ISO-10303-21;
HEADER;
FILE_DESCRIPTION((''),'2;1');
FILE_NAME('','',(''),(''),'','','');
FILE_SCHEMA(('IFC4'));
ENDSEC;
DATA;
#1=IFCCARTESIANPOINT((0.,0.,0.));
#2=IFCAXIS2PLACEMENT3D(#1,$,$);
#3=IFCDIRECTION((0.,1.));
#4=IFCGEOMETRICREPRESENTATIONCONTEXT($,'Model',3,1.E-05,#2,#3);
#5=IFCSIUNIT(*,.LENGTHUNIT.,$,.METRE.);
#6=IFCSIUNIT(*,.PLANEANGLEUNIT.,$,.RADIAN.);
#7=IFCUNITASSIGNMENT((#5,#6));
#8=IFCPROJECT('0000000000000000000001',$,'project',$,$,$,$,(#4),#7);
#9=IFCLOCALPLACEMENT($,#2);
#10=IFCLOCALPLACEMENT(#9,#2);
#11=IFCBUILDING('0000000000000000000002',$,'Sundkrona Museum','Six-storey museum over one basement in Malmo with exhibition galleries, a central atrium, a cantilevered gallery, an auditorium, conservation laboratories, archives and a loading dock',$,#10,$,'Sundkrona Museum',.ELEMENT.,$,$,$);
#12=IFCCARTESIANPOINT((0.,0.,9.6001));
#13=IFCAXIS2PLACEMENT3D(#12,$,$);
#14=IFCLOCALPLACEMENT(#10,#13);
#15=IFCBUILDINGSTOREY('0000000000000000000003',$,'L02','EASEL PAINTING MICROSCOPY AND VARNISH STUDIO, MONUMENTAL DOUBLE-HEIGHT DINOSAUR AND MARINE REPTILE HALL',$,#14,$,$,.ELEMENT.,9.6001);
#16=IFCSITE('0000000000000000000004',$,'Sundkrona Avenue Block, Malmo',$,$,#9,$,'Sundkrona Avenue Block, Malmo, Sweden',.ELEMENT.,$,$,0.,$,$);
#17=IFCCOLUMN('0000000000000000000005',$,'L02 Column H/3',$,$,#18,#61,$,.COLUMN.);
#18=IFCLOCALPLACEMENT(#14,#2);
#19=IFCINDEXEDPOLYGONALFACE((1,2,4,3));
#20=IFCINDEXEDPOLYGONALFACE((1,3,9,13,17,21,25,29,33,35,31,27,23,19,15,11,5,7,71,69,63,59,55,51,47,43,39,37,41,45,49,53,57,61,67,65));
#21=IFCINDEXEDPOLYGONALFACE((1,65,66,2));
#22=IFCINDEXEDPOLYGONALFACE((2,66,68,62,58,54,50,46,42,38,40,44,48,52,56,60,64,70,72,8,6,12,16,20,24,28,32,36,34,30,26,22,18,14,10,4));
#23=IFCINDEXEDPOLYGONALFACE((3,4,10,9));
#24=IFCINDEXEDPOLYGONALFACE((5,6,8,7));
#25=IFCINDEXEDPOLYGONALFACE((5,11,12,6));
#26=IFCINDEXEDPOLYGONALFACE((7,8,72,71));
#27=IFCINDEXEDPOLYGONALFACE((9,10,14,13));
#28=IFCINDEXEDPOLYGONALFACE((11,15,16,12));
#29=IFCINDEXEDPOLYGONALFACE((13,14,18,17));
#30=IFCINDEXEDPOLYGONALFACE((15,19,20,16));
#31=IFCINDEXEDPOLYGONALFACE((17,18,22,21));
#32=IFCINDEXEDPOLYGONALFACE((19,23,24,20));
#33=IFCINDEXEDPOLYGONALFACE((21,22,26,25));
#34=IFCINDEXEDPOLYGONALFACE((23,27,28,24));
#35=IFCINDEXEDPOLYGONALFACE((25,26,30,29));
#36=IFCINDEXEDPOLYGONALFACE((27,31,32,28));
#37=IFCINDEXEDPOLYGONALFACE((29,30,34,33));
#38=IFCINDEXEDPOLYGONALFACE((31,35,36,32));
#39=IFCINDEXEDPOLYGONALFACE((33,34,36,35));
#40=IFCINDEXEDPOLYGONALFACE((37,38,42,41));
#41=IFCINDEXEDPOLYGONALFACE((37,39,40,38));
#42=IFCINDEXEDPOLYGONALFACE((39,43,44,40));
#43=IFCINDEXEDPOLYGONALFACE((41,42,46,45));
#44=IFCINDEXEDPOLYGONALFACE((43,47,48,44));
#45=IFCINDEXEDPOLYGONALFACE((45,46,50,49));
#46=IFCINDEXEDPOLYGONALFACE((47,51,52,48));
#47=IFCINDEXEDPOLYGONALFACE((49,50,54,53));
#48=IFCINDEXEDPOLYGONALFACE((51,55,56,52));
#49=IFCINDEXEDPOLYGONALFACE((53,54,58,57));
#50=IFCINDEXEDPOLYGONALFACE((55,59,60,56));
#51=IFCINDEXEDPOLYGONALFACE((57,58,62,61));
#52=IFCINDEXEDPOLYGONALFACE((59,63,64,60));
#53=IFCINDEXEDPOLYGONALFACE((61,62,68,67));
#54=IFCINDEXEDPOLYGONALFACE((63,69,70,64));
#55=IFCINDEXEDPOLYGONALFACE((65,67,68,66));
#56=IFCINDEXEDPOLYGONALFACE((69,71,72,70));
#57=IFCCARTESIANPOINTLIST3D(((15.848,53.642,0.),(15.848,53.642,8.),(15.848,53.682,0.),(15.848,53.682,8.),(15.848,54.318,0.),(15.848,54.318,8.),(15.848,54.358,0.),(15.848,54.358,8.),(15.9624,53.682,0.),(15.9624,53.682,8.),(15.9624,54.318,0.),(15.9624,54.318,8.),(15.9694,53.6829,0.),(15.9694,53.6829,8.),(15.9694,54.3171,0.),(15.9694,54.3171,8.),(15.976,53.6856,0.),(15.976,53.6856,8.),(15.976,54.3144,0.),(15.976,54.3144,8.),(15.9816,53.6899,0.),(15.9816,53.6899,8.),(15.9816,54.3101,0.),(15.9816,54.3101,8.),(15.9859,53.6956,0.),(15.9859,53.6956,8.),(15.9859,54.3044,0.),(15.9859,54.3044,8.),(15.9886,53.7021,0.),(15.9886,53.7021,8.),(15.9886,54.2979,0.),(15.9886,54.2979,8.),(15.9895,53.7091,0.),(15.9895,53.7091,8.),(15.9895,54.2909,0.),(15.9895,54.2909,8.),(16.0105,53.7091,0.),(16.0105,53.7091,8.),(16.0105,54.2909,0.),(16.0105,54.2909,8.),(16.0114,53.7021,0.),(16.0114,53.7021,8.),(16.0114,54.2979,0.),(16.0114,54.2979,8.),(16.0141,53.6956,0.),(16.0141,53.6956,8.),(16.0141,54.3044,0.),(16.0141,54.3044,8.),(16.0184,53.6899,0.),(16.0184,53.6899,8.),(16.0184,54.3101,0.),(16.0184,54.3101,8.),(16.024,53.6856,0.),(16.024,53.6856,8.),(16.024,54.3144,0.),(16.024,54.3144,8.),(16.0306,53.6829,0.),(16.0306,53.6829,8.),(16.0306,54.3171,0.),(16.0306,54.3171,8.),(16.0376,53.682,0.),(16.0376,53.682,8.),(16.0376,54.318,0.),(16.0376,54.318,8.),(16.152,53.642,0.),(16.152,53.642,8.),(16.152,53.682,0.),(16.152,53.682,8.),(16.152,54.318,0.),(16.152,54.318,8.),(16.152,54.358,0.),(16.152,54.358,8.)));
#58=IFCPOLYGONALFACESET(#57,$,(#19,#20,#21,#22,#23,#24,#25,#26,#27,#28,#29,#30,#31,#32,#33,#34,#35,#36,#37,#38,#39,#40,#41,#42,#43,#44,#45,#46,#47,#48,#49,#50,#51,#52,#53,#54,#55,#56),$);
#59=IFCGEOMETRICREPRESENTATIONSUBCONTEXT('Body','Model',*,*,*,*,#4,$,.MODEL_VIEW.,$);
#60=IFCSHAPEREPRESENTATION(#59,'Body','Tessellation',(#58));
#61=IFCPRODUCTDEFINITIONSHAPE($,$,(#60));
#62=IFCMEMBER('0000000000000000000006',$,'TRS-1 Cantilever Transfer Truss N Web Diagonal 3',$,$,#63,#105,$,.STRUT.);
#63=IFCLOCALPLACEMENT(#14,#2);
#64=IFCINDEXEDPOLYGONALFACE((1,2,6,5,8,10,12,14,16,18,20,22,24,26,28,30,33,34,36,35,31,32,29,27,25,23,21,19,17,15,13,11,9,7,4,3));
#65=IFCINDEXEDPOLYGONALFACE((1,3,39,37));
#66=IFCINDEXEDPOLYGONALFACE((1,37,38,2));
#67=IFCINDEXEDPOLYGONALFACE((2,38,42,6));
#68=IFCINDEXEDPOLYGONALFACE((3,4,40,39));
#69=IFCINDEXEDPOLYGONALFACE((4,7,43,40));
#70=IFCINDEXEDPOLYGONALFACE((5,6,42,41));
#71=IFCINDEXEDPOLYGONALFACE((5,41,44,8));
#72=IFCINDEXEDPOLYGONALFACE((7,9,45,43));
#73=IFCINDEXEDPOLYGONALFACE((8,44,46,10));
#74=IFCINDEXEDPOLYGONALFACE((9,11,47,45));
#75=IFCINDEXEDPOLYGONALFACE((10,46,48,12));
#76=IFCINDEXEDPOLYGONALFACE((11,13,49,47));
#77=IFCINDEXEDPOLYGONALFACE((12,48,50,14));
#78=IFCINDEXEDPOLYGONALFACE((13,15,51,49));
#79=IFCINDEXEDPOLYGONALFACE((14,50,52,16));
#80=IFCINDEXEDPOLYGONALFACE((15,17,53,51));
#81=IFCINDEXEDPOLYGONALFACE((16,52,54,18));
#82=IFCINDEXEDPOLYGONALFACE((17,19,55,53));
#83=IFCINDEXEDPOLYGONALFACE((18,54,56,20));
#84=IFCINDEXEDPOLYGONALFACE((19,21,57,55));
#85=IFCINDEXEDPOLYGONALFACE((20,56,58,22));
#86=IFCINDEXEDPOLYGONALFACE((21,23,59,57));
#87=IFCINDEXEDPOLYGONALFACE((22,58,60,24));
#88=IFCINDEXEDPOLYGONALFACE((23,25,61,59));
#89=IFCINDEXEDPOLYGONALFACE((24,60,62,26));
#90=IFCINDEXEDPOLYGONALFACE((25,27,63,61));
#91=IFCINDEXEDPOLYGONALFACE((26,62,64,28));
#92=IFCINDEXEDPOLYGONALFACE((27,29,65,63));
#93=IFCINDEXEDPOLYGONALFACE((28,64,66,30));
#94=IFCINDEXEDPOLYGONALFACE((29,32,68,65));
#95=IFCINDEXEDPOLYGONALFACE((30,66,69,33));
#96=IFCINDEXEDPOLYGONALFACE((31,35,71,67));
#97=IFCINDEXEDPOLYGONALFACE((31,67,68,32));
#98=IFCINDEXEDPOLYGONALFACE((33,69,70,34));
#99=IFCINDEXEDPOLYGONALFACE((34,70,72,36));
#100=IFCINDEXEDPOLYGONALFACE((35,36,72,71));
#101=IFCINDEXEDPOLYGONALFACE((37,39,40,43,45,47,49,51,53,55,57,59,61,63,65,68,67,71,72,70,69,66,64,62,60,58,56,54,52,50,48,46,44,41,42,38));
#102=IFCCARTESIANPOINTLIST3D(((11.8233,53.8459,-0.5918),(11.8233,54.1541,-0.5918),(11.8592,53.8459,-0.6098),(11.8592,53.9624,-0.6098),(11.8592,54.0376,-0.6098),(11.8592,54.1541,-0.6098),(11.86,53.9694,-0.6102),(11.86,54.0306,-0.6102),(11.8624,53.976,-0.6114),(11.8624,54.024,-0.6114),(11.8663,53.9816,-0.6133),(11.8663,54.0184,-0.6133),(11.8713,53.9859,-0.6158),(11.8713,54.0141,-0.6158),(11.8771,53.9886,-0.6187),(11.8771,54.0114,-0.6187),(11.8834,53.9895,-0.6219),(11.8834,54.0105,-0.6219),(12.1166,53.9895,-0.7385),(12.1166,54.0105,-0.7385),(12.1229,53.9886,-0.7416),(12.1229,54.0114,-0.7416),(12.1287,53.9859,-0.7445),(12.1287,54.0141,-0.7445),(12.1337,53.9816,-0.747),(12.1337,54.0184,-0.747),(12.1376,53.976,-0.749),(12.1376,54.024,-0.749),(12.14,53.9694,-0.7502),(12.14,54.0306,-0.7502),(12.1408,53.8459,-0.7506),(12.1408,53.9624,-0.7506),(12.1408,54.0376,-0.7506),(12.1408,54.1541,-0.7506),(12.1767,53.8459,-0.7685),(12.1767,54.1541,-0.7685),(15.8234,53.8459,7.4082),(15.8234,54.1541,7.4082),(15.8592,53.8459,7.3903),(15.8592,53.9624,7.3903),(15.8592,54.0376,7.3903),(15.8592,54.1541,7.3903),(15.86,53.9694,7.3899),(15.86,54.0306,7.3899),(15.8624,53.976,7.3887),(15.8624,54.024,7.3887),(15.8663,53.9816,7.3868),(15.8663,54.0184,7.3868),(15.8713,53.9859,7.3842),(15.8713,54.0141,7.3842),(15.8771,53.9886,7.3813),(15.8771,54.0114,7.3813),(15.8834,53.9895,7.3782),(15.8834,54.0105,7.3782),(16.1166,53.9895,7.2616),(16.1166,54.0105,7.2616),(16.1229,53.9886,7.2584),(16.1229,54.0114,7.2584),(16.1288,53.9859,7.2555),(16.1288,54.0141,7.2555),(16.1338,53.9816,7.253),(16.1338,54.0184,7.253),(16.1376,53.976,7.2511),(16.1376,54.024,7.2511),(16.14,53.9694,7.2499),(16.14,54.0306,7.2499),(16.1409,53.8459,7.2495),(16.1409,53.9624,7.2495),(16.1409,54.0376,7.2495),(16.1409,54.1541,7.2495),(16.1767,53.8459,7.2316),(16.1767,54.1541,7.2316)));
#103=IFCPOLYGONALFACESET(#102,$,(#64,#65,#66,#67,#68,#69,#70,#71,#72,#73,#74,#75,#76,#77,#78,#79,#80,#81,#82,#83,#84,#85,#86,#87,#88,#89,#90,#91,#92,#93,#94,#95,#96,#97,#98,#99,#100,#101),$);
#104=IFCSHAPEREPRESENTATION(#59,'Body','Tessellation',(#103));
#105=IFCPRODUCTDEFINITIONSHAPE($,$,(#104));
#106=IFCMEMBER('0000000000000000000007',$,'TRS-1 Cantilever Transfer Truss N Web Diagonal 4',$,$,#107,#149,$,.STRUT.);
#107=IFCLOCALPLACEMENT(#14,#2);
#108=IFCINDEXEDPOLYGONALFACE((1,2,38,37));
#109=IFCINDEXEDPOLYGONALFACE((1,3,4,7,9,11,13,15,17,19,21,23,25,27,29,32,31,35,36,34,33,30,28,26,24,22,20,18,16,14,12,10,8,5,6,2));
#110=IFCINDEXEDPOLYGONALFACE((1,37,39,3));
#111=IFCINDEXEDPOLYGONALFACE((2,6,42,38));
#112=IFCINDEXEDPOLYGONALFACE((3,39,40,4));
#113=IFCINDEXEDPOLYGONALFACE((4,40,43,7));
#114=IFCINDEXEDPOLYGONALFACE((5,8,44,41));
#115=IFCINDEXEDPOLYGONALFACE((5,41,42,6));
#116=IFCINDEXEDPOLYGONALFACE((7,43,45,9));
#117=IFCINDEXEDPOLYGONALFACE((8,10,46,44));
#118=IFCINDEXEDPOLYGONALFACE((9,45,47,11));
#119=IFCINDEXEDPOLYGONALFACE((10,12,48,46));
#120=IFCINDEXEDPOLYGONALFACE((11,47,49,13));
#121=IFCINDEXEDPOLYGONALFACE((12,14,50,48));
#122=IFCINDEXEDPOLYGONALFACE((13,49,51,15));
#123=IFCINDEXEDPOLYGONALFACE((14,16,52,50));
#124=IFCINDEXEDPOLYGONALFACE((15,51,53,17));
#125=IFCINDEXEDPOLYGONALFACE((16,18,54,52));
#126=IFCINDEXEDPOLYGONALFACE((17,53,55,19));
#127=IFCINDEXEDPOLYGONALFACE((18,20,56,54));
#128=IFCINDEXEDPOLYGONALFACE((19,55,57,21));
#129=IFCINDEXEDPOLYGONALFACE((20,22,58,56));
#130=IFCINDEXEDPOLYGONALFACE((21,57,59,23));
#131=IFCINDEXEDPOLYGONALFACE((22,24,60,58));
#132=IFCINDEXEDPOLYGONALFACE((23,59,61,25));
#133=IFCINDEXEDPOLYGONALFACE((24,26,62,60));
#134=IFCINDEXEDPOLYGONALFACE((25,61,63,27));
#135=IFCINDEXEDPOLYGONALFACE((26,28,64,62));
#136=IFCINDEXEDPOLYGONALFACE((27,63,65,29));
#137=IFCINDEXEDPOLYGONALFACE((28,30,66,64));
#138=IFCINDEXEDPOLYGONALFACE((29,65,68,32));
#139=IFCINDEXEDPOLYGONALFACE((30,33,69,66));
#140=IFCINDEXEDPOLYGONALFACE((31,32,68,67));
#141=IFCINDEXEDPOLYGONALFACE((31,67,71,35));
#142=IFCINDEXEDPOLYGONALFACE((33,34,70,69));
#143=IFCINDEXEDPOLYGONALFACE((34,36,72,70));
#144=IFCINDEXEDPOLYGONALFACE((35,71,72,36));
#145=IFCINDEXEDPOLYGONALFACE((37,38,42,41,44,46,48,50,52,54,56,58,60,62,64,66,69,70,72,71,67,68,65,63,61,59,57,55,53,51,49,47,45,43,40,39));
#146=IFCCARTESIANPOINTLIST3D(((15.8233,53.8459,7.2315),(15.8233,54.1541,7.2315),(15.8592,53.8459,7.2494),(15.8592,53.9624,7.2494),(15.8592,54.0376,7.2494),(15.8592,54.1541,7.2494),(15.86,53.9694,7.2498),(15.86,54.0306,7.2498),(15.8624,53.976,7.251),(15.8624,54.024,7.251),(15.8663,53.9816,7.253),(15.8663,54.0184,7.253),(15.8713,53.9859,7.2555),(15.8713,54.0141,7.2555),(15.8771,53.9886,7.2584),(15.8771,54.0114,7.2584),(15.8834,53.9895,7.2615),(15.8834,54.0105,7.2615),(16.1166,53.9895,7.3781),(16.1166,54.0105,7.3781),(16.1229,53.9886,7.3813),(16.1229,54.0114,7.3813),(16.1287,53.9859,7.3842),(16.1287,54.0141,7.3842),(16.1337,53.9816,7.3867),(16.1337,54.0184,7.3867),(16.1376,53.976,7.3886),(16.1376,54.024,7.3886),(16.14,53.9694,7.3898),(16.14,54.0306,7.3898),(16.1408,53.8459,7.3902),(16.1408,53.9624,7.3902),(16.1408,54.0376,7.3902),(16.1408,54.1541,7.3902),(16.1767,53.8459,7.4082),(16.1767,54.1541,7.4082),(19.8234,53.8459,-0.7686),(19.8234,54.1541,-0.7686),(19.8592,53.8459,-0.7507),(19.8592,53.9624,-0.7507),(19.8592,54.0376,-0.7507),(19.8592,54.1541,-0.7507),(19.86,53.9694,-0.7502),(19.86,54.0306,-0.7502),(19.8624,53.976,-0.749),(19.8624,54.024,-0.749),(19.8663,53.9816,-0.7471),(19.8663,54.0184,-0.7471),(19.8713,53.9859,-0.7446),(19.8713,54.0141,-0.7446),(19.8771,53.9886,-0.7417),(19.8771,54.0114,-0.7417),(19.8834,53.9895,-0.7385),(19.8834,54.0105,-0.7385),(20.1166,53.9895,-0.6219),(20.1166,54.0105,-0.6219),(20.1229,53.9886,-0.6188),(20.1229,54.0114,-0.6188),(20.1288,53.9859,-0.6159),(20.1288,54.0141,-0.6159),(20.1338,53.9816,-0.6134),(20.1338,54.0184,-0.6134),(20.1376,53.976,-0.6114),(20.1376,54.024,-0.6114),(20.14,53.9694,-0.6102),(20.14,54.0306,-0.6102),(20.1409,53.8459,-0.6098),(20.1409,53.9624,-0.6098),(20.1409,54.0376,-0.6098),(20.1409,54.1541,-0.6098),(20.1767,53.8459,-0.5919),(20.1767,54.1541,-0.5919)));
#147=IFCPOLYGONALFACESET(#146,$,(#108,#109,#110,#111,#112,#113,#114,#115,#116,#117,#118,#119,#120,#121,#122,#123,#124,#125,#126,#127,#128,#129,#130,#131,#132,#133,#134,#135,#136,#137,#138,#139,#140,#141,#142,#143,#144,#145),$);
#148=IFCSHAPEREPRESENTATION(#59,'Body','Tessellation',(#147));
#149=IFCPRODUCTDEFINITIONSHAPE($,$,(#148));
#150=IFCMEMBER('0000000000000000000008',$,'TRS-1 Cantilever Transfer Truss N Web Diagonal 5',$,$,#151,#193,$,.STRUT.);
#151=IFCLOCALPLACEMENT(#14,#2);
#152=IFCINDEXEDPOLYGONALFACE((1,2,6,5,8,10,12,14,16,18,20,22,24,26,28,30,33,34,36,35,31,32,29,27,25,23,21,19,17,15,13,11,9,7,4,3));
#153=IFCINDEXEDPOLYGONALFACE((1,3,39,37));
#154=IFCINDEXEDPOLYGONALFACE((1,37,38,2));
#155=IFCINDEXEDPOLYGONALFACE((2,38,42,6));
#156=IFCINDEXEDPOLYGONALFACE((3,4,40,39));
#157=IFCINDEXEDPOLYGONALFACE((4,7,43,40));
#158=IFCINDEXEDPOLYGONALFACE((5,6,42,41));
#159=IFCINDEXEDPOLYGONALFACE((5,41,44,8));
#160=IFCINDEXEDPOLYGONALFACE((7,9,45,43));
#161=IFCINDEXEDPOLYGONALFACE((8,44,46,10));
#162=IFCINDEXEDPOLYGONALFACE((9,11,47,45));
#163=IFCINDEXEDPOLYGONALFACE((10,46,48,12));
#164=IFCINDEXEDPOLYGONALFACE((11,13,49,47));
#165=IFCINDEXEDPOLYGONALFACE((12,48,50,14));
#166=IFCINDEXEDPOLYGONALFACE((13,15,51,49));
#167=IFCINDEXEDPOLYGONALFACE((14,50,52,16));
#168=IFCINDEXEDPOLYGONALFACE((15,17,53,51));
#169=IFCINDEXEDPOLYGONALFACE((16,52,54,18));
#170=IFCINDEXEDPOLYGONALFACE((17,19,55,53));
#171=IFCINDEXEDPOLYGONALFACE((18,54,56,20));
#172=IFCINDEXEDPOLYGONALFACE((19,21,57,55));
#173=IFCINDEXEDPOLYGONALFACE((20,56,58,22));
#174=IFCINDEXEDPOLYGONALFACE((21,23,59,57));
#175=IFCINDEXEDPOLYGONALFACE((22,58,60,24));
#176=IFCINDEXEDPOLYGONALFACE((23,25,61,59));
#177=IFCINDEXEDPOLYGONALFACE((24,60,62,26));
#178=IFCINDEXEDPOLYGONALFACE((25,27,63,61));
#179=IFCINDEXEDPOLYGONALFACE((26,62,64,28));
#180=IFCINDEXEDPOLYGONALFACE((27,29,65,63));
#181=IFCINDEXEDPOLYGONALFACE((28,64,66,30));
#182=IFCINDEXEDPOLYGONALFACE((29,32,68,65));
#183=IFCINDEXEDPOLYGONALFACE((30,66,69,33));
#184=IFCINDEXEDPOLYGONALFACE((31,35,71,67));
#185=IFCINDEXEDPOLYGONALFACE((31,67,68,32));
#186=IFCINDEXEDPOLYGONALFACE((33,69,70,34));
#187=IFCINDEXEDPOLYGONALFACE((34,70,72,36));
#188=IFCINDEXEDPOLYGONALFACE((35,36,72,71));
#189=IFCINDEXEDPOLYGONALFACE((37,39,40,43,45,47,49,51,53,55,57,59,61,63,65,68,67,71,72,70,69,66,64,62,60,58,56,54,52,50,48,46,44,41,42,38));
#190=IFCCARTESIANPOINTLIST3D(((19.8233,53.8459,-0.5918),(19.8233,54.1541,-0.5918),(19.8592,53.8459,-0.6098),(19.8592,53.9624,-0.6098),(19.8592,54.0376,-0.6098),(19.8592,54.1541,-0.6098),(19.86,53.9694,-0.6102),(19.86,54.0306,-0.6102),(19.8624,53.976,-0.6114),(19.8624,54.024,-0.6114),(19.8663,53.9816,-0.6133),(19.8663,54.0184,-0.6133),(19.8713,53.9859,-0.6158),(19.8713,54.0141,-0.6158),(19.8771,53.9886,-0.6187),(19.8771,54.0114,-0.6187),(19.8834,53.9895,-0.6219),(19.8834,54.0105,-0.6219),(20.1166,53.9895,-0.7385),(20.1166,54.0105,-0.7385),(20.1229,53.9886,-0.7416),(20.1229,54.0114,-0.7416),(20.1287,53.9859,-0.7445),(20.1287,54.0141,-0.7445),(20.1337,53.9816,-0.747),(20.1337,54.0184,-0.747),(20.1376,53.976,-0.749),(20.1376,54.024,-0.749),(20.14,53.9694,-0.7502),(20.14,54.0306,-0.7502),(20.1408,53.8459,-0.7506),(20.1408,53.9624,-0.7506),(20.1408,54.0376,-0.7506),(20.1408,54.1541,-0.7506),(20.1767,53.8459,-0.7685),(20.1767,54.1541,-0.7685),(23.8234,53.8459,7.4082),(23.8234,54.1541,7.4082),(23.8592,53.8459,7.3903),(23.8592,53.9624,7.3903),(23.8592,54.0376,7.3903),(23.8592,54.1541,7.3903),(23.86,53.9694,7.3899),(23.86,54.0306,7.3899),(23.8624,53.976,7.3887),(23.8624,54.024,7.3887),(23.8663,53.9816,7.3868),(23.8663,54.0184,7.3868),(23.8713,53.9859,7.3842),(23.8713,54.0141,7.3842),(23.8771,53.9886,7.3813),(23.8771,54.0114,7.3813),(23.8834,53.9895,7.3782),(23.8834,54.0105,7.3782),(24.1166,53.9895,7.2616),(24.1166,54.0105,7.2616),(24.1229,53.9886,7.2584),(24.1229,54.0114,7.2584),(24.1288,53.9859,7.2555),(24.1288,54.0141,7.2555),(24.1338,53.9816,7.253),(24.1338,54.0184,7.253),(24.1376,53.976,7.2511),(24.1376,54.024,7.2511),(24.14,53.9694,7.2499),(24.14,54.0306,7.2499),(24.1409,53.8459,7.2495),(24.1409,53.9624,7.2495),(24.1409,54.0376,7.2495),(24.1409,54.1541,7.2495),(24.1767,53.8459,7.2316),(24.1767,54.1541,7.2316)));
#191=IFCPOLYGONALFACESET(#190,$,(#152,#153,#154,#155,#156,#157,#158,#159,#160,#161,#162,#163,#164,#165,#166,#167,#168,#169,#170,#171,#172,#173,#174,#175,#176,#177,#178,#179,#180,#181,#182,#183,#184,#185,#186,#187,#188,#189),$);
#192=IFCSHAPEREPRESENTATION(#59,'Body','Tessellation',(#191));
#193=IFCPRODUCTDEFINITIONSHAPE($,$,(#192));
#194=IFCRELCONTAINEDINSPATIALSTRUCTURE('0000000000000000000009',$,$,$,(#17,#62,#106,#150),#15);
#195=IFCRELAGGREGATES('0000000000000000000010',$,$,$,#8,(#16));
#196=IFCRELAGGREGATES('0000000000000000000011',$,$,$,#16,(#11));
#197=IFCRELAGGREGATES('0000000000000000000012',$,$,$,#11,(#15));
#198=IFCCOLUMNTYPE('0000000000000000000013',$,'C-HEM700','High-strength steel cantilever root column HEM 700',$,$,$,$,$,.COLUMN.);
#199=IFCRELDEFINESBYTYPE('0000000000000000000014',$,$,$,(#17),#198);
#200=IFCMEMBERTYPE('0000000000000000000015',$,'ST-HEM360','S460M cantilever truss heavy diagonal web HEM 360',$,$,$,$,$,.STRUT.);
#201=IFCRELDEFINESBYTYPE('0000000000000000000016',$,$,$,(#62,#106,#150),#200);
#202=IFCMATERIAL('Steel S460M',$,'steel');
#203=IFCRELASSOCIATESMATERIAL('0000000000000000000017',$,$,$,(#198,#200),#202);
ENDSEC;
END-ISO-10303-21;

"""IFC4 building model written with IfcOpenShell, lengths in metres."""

from ifc_helpers import new_model, si_unit, direction, frame, origin, origin_2d, place, context, subcontext, project, spatial, i_section, extrude, material, material_profile, profile_set, type_object, element, save


model = new_model("IFC4")

# Units and contexts
model_context = context("Model", 3, precision=1e-05, world=origin(), true_north=direction((0.0, 1.0)))
body_context = subcontext(model_context, "Body", "Model", "MODEL_VIEW")
ifc_project = project(units=[si_unit("LENGTHUNIT", "METRE"), si_unit("PLANEANGLEUNIT", "RADIAN")], contexts=[model_context])

# Site, building, storey
site_placement = place(None, origin())
site = spatial("IfcSite", under=ifc_project, at=site_placement, Name="Sundkrona Avenue Block, Malmo", LongName="Sundkrona Avenue Block, Malmo, Sweden", CompositionType="ELEMENT", RefElevation=0.0)
building_placement = place(site_placement, origin())
building = spatial("IfcBuilding", under=site, at=building_placement, Name="Sundkrona Museum", Description="Six-storey museum over one basement in Malmo with exhibition galleries, a central atrium, a cantilevered gallery, an auditorium, conservation laboratories, archives and a loading dock", LongName="Sundkrona Museum", CompositionType="ELEMENT")
storey_placement = place(building_placement, frame((0.0, 0.0, 9.6001)))
storey = spatial("IfcBuildingStorey", under=building, at=storey_placement, Name="L02", Description="EASEL PAINTING MICROSCOPY AND VARNISH STUDIO, MONUMENTAL DOUBLE-HEIGHT DINOSAUR AND MARINE REPTILE HALL", CompositionType="ELEMENT", Elevation=9.6001)

# Column
ifc_material_1 = material(Name="Steel S460M", Category="steel")
ifc_material_profile_1 = material_profile(ifc_material_1, i_section(OverallWidth=0.304, OverallDepth=0.7161, WebThickness=0.021, FlangeThickness=0.04, FilletRadius=0.0271, at=origin_2d()), Name="HEM 700")
ifc_profile_set_1 = profile_set([ifc_material_profile_1], Name="Steel S460M")
column_type = type_object("IfcColumnType", Name="C-HEM700", Description="High-strength steel cantilever root column HEM 700", PredefinedType="COLUMN", material=ifc_profile_set_1)
column_placement = place(storey_placement, frame((16.0, 54.0, 0.0), z_axis=(0.0, 0.0, 1.0), x_axis=(1.0, 0.0, 0.0)))
element("IfcColumn", 1, at=column_placement, inside=storey, type_object=column_type, Name="L02 Column H/3", PredefinedType="COLUMN", context=body_context, shape_type="SweptSolid", body=[
    extrude(i_section(OverallWidth=0.304, OverallDepth=0.7161, WebThickness=0.021, FlangeThickness=0.04, FilletRadius=0.0271, at=origin_2d()), origin(), (0.0, 0.0, 1.0), 8.0),
])

# Members
ifc_material_profile_2 = material_profile(ifc_material_1, i_section(OverallWidth=0.3081, OverallDepth=0.395, WebThickness=0.021, FlangeThickness=0.04, FilletRadius=0.0271, at=origin_2d()), Name="HEM 360")
ifc_profile_set_2 = profile_set([ifc_material_profile_2], Name="Steel S460M")
member_type_1 = type_object("IfcMemberType", Name="ST-HEM360", Description="S460M cantilever truss heavy diagonal web HEM 360", PredefinedType="STRUT", material=ifc_profile_set_2)
for number, where, z_axis, x_axis, name in (
    (2, (12.0, 54.0, -0.6802), (0.447214, 0.0, 0.894427), (0.0, 1.0, 0.0), "TRS-1 Cantilever Transfer Truss N Web Diagonal 3"),
    (3, (16.0, 54.0, 7.3198), (0.447214, 0.0, -0.894427), (0.0, 1.0, 0.0), "TRS-1 Cantilever Transfer Truss N Web Diagonal 4"),
    (4, (20.0, 54.0, -0.6802), (0.447214, 0.0, 0.894427), (0.0, 1.0, 0.0), "TRS-1 Cantilever Transfer Truss N Web Diagonal 5"),
):
    element("IfcMember", number, at=place(storey_placement, frame(where, z_axis=z_axis, x_axis=x_axis)), inside=storey, type_object=member_type_1, Name=name, PredefinedType="STRUT", context=body_context, shape_type="SweptSolid", body=[
        extrude(i_section(OverallWidth=0.3081, OverallDepth=0.395, WebThickness=0.021, FlangeThickness=0.04, FilletRadius=0.0271, at=origin_2d()), origin(), (0.0, 0.0, 1.0), 8.9443),
    ])

save(model, "model.ifc")
